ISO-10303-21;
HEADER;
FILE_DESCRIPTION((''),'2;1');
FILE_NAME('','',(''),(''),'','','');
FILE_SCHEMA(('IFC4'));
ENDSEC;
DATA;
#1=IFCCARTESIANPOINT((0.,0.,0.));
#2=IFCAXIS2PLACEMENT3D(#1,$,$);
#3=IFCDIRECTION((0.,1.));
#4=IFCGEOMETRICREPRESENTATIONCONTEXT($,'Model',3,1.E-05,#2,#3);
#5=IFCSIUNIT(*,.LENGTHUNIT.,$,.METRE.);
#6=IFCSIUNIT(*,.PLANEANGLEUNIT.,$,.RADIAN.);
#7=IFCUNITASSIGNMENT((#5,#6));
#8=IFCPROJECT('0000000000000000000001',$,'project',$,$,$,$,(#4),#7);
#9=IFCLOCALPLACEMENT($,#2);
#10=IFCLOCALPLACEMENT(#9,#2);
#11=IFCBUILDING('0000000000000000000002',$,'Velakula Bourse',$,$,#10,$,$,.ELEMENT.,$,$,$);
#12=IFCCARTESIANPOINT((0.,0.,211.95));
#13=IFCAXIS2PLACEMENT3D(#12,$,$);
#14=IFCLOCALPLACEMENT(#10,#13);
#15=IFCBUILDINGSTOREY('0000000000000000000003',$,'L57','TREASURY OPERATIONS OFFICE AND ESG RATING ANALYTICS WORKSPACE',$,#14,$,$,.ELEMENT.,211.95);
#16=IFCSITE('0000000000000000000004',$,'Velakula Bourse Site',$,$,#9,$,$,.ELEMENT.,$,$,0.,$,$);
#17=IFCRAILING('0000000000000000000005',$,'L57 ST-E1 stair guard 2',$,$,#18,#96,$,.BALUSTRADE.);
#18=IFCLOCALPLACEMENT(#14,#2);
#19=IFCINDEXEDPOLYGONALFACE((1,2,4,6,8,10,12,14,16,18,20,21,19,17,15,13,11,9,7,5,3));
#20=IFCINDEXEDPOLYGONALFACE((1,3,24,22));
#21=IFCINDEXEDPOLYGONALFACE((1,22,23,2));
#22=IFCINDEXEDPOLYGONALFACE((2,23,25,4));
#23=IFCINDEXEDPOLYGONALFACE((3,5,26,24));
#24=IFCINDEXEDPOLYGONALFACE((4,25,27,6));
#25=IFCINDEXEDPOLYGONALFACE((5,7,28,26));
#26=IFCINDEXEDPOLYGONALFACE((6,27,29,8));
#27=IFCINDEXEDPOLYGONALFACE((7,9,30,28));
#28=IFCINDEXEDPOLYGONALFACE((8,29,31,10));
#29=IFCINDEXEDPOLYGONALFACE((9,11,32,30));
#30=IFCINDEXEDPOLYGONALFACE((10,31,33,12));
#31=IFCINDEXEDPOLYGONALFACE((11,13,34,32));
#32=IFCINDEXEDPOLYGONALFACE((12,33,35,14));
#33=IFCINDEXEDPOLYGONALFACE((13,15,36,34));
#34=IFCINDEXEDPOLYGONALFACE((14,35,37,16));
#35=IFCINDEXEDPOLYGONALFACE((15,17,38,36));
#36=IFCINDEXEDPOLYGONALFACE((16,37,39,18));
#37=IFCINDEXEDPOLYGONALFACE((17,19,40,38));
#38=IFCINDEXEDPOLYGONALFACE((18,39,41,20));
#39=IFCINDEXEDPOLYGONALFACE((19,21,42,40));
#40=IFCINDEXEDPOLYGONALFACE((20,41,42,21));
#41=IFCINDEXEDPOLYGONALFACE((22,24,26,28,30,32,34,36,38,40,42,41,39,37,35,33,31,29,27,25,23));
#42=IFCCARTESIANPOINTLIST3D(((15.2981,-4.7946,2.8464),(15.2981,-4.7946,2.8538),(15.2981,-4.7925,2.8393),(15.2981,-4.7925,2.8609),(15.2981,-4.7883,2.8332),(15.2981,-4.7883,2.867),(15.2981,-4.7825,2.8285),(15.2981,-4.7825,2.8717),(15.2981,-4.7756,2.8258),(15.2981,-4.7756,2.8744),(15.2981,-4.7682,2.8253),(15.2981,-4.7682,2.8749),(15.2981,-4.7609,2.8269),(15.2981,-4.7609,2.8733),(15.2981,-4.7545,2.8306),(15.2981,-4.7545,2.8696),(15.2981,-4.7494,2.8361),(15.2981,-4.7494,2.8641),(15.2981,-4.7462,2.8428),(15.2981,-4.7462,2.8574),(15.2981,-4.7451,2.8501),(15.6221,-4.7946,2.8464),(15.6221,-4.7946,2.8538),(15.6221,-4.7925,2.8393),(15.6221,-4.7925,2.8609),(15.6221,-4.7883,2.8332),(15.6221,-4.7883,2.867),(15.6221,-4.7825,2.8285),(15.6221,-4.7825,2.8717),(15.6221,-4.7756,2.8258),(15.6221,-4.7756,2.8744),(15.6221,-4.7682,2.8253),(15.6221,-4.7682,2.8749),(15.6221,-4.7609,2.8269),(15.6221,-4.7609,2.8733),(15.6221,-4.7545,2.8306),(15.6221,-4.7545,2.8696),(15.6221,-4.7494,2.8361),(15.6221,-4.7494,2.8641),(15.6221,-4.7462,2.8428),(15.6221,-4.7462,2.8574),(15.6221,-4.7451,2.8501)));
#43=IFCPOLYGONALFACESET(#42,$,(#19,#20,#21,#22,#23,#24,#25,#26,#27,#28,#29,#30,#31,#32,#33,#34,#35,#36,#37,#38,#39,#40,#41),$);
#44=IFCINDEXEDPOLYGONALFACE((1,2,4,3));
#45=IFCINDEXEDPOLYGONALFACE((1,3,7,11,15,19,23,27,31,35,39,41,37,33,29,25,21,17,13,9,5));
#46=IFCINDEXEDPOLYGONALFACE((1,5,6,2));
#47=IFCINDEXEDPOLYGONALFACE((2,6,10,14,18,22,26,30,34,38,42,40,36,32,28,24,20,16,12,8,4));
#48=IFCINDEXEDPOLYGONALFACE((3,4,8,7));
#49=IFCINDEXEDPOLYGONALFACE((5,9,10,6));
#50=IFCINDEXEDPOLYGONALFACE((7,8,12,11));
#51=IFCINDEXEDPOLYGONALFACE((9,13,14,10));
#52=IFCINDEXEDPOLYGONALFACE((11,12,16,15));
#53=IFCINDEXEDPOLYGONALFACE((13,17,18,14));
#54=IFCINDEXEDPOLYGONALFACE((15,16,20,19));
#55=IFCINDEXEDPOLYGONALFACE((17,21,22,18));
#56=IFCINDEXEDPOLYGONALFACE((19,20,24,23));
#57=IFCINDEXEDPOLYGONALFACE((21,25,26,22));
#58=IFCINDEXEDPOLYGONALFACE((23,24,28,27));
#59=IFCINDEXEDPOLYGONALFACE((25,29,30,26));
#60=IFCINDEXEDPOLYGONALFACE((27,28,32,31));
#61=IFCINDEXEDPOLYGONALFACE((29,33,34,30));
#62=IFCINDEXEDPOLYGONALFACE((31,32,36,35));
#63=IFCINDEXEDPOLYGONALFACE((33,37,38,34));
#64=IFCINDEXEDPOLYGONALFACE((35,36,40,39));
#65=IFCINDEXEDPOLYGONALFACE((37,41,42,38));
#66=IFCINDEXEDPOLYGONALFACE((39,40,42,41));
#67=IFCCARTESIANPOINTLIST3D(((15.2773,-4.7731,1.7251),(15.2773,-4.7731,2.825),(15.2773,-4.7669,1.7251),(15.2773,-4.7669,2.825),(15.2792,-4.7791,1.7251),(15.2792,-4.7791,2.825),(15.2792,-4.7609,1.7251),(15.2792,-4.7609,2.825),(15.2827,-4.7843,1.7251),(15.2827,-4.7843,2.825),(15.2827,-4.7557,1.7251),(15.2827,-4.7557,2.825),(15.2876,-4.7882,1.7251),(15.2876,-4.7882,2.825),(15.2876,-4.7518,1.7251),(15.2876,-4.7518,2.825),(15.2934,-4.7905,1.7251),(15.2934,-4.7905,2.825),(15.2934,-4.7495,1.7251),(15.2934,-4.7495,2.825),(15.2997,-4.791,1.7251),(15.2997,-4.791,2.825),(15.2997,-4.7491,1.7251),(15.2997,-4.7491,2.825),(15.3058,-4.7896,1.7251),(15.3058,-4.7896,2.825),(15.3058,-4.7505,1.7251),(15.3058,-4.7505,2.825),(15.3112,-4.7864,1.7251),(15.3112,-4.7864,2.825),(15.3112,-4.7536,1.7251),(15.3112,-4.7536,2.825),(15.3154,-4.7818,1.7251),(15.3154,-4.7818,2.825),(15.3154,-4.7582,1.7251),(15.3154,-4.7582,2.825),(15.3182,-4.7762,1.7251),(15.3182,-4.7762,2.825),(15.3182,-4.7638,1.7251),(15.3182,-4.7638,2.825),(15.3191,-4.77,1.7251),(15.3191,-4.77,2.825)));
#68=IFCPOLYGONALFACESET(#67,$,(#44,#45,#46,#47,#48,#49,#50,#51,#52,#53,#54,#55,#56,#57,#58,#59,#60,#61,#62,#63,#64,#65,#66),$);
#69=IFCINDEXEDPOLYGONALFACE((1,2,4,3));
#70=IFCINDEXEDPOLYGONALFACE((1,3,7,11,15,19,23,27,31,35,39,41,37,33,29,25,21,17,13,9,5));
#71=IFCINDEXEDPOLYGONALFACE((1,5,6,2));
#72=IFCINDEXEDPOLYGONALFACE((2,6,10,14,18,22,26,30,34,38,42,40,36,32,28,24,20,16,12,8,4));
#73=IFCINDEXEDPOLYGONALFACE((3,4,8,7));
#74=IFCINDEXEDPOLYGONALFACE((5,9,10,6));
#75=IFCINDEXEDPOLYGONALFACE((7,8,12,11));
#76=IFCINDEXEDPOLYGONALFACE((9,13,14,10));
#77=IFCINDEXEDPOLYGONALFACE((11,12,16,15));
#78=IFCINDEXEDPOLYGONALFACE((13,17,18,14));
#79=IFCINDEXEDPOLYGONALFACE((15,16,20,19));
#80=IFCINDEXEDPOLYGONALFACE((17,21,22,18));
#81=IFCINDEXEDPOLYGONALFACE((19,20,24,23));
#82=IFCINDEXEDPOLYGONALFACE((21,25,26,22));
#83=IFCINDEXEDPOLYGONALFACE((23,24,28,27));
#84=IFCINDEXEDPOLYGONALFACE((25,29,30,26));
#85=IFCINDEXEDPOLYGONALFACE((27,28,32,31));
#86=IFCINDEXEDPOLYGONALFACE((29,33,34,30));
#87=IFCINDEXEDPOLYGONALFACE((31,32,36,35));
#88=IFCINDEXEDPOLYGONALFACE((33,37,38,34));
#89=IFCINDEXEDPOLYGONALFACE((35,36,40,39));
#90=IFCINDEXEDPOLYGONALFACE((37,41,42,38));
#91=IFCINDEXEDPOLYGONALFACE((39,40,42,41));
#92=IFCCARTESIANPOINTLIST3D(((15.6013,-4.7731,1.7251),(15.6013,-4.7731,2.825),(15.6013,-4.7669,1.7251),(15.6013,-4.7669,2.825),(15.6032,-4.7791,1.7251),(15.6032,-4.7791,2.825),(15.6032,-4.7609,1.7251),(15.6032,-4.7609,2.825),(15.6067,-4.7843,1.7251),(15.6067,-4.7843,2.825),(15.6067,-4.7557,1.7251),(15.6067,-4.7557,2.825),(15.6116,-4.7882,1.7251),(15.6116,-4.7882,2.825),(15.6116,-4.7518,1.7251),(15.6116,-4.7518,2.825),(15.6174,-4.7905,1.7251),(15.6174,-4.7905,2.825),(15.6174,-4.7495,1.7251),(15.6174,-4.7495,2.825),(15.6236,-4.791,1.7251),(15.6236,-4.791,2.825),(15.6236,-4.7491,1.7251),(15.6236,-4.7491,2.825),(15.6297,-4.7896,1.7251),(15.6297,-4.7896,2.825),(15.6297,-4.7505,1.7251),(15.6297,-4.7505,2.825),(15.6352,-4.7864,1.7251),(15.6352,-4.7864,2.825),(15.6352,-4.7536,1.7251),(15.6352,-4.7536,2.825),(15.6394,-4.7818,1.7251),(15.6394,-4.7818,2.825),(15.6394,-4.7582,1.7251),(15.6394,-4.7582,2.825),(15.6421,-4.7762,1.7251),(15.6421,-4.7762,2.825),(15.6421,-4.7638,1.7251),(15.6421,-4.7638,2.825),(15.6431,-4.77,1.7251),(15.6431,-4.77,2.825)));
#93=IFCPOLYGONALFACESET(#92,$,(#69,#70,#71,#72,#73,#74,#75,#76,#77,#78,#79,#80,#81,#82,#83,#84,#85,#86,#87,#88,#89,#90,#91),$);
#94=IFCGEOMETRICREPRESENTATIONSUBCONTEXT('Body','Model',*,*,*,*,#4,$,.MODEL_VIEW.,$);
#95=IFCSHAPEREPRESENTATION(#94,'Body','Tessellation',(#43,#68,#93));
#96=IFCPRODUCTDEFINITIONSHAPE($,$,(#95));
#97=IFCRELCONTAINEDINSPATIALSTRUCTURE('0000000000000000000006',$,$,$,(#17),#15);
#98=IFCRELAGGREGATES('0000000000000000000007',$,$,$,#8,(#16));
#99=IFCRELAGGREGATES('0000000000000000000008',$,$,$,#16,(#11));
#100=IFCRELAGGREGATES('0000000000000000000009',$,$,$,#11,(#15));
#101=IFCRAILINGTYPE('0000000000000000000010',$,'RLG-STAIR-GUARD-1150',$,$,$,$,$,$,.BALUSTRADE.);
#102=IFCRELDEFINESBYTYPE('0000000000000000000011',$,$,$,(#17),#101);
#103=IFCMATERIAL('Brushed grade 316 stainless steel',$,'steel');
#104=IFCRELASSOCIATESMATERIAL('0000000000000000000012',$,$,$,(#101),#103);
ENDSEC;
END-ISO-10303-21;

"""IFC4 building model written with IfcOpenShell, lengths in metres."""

from ifc_helpers import new_model, si_unit, direction, frame, origin, origin_2d, place, context, subcontext, project, spatial, circle, extrude, material, type_object, element, save


model = new_model("IFC4")

# Units and contexts
model_context = context("Model", 3, precision=1e-05, world=origin(), true_north=direction((0.0, 1.0)))
body_context = subcontext(model_context, "Body", "Model", "MODEL_VIEW")
ifc_project = project(units=[si_unit("LENGTHUNIT", "METRE"), si_unit("PLANEANGLEUNIT", "RADIAN")], contexts=[model_context])

# Site, building, storey
site_placement = place(None, origin())
site = spatial("IfcSite", under=ifc_project, at=site_placement, Name="Velakula Bourse Site", CompositionType="ELEMENT", RefElevation=0.0)
building_placement = place(site_placement, origin())
building = spatial("IfcBuilding", under=site, at=building_placement, Name="Velakula Bourse", CompositionType="ELEMENT")
storey_placement = place(building_placement, frame((0.0, 0.0, 211.95)))
storey = spatial("IfcBuildingStorey", under=building, at=storey_placement, Name="L57", Description="TREASURY OPERATIONS OFFICE AND ESG RATING ANALYTICS WORKSPACE", CompositionType="ELEMENT", Elevation=211.95)

# Shared definitions
ifc_material_1 = material(Name="Brushed grade 316 stainless steel", Category="steel")

# Railing
railing_type_1 = type_object("IfcRailingType", Name="RLG-STAIR-GUARD-1150", PredefinedType="BALUSTRADE", material=ifc_material_1)
railing_1_placement = place(storey_placement, frame((15.2981, -4.77, 1.7251)))
element("IfcRailing", 1, at=railing_1_placement, inside=storey, type_object=railing_type_1, Name="L57 ST-E1 stair guard 2", PredefinedType="BALUSTRADE", context=body_context, shape_type="SweptSolid", body=[
    extrude(circle(Radius=0.0249, at=origin_2d()), frame((0.0, 0.0, 1.125), z_axis=(1.0, 0.0, 0.0), x_axis=(0.0, 1.0, 0.0)), (0.0, 0.0, 1.0), 0.324),
    extrude(circle(Radius=0.021, at=origin_2d()), origin(), (0.0, 0.0, 1.0), 1.0999),
    extrude(circle(Radius=0.021, at=origin_2d()), frame((0.324, 0.0, 0.0)), (0.0, 0.0, 1.0), 1.0999),
])

save(model, "model.ifc")
